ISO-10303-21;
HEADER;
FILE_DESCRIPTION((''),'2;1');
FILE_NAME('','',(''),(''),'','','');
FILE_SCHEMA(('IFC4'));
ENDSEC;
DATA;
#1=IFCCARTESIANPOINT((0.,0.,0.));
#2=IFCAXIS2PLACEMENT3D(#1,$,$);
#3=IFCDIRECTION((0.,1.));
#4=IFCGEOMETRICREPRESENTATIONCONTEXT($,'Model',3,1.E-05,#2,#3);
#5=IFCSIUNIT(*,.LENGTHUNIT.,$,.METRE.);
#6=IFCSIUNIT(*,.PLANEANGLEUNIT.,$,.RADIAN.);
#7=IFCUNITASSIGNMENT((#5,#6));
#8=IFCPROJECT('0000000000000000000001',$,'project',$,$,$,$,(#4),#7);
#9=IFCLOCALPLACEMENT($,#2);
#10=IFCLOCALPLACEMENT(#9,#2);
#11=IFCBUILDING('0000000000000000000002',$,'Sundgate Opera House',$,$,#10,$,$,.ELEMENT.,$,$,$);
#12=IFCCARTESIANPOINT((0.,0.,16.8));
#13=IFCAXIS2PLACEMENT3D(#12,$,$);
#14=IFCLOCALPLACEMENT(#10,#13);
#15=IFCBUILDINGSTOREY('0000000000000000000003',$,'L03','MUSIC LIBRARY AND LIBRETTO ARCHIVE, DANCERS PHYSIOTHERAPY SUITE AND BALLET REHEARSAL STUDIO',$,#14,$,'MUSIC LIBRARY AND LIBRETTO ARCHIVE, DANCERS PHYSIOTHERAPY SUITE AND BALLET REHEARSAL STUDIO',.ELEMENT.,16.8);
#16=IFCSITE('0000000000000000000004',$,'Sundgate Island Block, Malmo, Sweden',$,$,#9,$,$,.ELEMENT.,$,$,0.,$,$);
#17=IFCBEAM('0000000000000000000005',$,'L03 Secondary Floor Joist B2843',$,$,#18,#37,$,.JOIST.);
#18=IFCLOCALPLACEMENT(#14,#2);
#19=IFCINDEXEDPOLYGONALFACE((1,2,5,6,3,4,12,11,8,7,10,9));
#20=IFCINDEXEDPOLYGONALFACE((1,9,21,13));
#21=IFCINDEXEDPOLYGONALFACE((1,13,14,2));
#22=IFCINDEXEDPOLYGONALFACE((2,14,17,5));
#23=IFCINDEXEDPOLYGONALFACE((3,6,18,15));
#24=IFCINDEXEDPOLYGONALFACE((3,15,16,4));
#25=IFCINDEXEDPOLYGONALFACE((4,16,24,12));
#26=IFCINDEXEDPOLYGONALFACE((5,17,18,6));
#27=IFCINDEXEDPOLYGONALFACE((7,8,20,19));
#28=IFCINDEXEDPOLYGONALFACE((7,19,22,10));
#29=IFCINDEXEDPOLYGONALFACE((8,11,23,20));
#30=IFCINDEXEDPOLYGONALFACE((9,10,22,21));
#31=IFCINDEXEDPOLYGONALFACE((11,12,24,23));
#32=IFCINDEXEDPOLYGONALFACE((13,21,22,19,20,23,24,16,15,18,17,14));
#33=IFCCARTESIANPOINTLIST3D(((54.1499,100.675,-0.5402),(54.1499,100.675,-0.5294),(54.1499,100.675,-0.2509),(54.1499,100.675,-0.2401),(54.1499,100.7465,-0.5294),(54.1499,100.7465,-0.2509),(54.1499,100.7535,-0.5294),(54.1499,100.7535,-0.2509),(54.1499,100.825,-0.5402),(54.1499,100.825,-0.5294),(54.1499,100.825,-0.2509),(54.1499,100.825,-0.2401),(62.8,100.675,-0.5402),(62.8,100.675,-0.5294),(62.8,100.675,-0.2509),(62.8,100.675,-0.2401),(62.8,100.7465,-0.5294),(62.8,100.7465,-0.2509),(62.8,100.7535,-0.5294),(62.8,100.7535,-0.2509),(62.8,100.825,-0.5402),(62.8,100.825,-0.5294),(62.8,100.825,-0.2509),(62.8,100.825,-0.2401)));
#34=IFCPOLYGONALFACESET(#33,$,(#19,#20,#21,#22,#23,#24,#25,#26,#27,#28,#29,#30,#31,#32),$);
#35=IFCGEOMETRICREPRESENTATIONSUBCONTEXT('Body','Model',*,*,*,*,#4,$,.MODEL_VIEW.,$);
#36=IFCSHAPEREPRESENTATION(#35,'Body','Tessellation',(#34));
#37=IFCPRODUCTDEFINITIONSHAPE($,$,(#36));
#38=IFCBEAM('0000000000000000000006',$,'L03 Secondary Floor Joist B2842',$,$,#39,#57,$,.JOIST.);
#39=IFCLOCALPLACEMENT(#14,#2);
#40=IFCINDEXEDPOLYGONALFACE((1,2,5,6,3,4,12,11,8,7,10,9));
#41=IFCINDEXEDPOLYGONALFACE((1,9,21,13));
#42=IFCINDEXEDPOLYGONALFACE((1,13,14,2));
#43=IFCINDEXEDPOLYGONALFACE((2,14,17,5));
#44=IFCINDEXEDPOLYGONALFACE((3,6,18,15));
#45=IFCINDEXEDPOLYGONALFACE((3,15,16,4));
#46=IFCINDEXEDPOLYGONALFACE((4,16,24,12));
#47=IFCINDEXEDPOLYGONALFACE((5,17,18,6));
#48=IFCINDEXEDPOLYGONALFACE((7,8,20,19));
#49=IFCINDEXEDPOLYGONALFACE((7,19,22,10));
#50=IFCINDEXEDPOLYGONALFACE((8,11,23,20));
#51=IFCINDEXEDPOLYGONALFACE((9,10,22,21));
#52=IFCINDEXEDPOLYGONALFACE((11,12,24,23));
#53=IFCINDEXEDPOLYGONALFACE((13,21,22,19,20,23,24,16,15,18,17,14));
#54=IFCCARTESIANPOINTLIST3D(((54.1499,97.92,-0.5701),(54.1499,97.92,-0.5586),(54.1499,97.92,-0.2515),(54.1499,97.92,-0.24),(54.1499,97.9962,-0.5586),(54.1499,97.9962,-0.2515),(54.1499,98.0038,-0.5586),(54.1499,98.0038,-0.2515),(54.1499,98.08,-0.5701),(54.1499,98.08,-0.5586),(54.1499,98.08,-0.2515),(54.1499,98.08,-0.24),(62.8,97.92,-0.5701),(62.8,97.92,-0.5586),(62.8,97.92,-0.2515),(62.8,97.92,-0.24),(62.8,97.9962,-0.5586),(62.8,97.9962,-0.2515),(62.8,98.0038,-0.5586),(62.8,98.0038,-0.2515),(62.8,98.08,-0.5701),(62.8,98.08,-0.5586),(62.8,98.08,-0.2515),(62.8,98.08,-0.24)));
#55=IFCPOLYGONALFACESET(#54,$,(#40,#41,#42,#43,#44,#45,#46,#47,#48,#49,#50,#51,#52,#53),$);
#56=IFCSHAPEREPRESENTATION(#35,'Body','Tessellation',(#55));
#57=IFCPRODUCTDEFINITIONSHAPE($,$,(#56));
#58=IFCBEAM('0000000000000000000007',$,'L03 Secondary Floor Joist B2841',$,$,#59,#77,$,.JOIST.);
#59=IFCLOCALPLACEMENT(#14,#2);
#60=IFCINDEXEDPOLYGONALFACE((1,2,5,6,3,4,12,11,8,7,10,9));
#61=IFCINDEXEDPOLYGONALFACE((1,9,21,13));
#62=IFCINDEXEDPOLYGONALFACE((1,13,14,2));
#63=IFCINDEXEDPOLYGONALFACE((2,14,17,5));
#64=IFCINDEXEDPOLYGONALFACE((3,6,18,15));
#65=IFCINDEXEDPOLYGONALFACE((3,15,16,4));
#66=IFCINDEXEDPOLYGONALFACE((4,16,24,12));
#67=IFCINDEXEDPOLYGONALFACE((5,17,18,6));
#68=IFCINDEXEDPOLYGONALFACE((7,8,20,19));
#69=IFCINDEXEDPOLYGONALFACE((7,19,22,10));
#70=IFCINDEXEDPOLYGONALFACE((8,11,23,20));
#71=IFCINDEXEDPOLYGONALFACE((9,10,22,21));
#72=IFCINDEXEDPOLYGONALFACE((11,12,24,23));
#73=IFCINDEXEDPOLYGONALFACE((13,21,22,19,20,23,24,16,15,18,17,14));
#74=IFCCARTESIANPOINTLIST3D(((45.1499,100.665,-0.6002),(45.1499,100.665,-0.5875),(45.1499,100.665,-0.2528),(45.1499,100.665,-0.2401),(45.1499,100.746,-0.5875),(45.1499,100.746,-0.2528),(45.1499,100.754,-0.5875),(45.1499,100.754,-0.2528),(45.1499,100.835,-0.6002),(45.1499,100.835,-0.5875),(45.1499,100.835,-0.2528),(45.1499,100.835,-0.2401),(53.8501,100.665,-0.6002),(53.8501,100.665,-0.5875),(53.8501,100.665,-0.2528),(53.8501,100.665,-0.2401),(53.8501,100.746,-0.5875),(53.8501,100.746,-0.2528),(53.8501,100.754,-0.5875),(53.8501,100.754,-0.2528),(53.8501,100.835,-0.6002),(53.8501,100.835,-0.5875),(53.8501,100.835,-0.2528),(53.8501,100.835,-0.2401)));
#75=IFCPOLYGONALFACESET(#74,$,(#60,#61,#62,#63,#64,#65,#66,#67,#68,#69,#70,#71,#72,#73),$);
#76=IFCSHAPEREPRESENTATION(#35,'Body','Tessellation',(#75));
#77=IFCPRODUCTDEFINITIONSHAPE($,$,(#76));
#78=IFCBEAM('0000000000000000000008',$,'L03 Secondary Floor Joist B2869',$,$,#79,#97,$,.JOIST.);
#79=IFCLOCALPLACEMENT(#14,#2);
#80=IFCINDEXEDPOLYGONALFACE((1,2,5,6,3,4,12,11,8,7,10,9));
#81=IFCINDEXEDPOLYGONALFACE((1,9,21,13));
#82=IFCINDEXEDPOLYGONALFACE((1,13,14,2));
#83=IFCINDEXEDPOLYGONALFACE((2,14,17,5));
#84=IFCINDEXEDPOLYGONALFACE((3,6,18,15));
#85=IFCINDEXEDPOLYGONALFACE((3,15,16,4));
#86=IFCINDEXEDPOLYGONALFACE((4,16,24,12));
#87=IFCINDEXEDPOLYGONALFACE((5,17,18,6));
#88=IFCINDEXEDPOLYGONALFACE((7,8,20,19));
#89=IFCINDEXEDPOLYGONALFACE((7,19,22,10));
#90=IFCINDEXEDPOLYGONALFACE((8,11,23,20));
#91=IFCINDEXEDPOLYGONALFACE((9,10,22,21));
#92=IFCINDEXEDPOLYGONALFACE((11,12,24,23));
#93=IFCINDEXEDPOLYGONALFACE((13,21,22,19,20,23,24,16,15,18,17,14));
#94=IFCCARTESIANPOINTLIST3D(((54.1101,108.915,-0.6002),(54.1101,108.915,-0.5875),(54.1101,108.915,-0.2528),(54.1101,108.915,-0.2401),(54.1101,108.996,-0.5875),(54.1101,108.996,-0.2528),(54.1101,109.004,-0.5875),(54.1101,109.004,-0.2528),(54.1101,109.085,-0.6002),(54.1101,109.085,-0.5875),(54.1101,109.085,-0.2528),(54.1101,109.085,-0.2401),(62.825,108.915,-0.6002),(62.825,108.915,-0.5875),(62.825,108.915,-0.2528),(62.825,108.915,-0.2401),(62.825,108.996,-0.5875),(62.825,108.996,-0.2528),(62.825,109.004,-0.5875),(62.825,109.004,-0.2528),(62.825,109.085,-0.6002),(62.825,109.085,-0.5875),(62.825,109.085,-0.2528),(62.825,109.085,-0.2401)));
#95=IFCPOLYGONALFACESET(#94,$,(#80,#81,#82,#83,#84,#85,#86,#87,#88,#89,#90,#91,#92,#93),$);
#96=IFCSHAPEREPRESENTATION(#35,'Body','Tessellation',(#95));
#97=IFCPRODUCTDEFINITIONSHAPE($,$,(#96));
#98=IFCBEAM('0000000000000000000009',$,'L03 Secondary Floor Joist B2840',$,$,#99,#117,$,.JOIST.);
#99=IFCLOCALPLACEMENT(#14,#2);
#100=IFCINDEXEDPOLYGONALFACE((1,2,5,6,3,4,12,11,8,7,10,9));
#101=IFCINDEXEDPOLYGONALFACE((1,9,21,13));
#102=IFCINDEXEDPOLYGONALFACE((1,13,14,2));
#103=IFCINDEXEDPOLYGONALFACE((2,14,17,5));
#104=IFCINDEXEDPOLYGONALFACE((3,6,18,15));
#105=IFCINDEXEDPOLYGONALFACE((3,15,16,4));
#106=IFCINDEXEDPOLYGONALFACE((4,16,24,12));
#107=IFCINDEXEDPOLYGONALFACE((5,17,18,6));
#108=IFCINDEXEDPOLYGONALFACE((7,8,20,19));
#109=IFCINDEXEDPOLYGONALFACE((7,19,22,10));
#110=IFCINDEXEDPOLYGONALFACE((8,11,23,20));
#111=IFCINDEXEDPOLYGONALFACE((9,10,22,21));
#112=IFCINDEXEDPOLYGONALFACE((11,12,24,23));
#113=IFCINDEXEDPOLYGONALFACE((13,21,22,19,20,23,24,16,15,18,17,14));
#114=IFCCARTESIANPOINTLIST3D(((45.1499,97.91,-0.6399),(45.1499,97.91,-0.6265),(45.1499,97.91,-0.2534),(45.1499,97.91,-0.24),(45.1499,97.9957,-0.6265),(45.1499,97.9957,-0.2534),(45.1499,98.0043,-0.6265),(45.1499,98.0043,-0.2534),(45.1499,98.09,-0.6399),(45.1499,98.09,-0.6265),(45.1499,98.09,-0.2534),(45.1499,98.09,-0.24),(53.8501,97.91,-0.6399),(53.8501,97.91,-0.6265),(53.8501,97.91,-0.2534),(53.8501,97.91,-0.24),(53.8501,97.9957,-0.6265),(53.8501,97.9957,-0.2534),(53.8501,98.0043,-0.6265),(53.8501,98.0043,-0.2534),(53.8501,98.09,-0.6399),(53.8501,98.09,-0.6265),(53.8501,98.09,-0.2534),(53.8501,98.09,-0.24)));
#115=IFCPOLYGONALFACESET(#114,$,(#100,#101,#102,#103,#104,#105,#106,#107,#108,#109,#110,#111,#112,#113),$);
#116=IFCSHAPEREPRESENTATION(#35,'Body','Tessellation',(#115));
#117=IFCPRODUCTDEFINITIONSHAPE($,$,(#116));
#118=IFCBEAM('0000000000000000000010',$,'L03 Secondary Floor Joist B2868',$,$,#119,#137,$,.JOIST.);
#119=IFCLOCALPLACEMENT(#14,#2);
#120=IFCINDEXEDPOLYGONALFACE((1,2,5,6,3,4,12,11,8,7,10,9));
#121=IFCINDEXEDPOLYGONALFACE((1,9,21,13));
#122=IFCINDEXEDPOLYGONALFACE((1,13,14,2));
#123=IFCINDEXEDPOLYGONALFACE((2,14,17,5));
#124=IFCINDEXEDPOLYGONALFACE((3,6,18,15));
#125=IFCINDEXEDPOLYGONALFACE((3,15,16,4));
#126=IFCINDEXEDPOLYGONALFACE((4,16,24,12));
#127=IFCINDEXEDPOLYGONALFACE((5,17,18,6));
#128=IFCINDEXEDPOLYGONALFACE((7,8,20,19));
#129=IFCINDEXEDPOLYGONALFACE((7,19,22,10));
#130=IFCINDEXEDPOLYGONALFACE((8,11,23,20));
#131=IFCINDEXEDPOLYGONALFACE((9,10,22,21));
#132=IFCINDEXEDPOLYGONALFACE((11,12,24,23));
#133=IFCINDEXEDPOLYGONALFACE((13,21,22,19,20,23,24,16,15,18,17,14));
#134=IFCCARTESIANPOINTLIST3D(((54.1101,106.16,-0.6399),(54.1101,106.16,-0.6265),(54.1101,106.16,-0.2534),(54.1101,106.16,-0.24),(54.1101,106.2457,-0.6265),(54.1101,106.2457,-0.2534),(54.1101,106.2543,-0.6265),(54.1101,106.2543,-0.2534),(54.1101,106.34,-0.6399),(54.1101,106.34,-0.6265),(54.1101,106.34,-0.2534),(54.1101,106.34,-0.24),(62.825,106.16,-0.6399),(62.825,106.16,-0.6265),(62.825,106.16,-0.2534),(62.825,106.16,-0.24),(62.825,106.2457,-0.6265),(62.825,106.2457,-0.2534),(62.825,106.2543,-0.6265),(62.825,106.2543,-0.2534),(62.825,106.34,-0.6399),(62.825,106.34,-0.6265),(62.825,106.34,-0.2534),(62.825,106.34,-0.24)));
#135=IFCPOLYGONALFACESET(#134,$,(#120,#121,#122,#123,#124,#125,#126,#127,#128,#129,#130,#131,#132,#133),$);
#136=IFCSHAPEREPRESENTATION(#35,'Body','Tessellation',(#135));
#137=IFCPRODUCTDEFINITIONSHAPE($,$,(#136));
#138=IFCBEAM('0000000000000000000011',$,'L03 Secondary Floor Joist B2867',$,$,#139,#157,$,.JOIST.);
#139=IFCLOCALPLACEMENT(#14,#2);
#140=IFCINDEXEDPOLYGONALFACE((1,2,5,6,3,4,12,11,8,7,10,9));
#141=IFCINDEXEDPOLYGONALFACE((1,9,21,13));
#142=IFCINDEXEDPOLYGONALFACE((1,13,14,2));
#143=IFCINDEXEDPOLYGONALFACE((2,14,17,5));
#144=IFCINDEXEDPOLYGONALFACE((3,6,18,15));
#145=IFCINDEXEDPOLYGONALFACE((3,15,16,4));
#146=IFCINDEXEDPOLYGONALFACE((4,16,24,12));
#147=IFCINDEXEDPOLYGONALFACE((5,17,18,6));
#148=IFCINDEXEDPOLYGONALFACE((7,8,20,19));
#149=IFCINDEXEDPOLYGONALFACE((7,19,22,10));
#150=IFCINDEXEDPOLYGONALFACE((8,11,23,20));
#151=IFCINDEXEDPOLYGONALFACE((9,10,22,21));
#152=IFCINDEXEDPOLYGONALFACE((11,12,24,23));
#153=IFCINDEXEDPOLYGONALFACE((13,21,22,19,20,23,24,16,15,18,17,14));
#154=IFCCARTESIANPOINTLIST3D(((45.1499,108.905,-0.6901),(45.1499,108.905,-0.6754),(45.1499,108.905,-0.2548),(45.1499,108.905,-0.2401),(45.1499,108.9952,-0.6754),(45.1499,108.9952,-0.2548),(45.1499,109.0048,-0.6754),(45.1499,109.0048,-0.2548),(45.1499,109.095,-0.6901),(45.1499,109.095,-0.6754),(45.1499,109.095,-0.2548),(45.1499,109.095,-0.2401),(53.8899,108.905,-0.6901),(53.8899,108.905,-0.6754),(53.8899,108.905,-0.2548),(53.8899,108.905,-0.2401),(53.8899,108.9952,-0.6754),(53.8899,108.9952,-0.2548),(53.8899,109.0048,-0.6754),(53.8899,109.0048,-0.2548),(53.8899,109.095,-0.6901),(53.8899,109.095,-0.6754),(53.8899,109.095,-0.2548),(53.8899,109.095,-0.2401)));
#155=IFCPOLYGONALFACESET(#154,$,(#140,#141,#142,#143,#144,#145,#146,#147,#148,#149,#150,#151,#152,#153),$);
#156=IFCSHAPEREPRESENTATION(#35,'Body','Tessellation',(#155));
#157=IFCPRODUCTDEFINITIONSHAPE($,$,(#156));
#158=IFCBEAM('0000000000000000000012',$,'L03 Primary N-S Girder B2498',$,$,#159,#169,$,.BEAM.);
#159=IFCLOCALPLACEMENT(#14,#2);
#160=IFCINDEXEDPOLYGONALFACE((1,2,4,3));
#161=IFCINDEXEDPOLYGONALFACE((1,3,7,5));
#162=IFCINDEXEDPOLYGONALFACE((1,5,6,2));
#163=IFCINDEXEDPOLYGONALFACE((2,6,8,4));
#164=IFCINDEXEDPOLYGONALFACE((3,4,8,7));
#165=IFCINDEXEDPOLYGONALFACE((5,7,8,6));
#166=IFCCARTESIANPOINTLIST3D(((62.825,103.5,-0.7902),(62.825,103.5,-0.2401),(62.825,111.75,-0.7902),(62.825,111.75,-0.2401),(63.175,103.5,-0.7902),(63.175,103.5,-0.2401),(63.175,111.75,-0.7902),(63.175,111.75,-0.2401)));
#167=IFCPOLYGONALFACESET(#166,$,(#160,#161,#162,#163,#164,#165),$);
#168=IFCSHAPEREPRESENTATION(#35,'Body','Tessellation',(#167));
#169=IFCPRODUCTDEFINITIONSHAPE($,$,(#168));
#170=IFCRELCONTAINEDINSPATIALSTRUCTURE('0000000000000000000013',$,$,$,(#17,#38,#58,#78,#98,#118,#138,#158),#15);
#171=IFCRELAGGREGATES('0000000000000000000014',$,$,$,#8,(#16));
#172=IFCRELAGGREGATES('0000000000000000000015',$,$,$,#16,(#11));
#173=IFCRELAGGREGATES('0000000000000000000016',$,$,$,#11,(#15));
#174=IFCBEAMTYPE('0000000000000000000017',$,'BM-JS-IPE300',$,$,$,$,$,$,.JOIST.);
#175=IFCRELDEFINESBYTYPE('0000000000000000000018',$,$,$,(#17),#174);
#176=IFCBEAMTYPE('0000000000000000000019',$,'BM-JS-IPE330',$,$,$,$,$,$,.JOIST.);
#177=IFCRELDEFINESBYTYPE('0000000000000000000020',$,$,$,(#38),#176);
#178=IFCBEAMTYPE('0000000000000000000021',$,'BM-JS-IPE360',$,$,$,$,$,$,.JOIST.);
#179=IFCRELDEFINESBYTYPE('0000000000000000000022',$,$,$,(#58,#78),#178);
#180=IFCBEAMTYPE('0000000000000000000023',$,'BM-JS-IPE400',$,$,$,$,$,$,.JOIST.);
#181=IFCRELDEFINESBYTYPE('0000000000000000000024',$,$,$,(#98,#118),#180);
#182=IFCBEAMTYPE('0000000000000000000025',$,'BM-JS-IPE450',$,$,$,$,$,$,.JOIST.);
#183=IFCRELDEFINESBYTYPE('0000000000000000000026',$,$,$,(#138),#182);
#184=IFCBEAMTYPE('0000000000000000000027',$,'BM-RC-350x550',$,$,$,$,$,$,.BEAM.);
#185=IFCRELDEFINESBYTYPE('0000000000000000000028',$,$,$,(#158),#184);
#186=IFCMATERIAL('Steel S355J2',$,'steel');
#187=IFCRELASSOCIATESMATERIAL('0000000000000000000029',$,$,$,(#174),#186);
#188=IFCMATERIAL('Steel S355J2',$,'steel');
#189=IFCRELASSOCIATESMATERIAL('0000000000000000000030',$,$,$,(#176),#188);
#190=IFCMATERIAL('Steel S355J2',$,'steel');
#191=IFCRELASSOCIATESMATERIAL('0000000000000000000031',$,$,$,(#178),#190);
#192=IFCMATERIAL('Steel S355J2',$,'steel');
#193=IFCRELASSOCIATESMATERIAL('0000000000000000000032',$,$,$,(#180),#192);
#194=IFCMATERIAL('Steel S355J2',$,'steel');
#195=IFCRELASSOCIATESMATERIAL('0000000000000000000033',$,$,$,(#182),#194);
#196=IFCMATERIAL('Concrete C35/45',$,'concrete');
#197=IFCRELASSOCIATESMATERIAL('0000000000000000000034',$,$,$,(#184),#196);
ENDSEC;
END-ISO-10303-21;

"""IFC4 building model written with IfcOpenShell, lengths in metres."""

from ifc_helpers import new_model, si_unit, direction, frame, origin, origin_2d, place, context, subcontext, project, spatial, rectangle, i_section, extrude, material, material_profile, profile_set, type_object, element, save


model = new_model("IFC4")

# Units and contexts
model_context = context("Model", 3, precision=1e-05, world=origin(), true_north=direction((0.0, 1.0)))
body_context = subcontext(model_context, "Body", "Model", "MODEL_VIEW")
ifc_project = project(units=[si_unit("LENGTHUNIT", "METRE"), si_unit("PLANEANGLEUNIT", "RADIAN")], contexts=[model_context])

# Site, building, storey
site_placement = place(None, origin())
site = spatial("IfcSite", under=ifc_project, at=site_placement, Name="Sundgate Island Block, Malmo, Sweden", CompositionType="ELEMENT", RefElevation=0.0)
building_placement = place(site_placement, origin())
building = spatial("IfcBuilding", under=site, at=building_placement, Name="Sundgate Opera House", CompositionType="ELEMENT")
storey_placement = place(building_placement, frame((0.0, 0.0, 16.8)))
storey = spatial("IfcBuildingStorey", under=building, at=storey_placement, Name="L03", Description="MUSIC LIBRARY AND LIBRETTO ARCHIVE, DANCERS PHYSIOTHERAPY SUITE AND BALLET REHEARSAL STUDIO", LongName="MUSIC LIBRARY AND LIBRETTO ARCHIVE, DANCERS PHYSIOTHERAPY SUITE AND BALLET REHEARSAL STUDIO", CompositionType="ELEMENT", Elevation=16.8)

# Beams
ifc_material_1 = material(Name="Steel S355J2", Category="steel")
ifc_material_profile_1 = material_profile(ifc_material_1, i_section(OverallWidth=0.1499, OverallDepth=0.3, WebThickness=0.0071, FlangeThickness=0.0107, at=origin_2d()), Name="IPE 300")
ifc_profile_set_1 = profile_set([ifc_material_profile_1], Name="Steel S355J2")
beam_type_1 = type_object("IfcBeamType", Name="BM-JS-IPE300", PredefinedType="JOIST", material=ifc_profile_set_1)
beam_1_placement = place(storey_placement, frame((54.1499, 100.75, -0.3901), z_axis=(1.0, 0.0, 0.0), x_axis=(0.0, 1.0, 0.0)))
element("IfcBeam", 1, at=beam_1_placement, inside=storey, type_object=beam_type_1, Name="L03 Secondary Floor Joist B2843", PredefinedType="JOIST", context=body_context, shape_type="SweptSolid", body=[
    extrude(i_section(OverallWidth=0.1499, OverallDepth=0.3, WebThickness=0.0071, FlangeThickness=0.0107, at=origin_2d()), origin(), (0.0, 0.0, 1.0), 8.6501),
])
ifc_material_2 = material(Name="Steel S355J2", Category="steel")
ifc_material_profile_2 = material_profile(ifc_material_2, i_section(OverallWidth=0.1599, OverallDepth=0.3301, WebThickness=0.0076, FlangeThickness=0.0115, at=origin_2d()), Name="IPE 330")
ifc_profile_set_2 = profile_set([ifc_material_profile_2], Name="Steel S355J2")
beam_type_2 = type_object("IfcBeamType", Name="BM-JS-IPE330", PredefinedType="JOIST", material=ifc_profile_set_2)
beam_2_placement = place(storey_placement, frame((54.1499, 98.0, -0.405), z_axis=(1.0, 0.0, 0.0), x_axis=(0.0, 1.0, 0.0)))
element("IfcBeam", 2, at=beam_2_placement, inside=storey, type_object=beam_type_2, Name="L03 Secondary Floor Joist B2842", PredefinedType="JOIST", context=body_context, shape_type="SweptSolid", body=[
    extrude(i_section(OverallWidth=0.1599, OverallDepth=0.3301, WebThickness=0.0076, FlangeThickness=0.0115, at=origin_2d()), origin(), (0.0, 0.0, 1.0), 8.6501),
])
ifc_material_3 = material(Name="Steel S355J2", Category="steel")
ifc_material_profile_3 = material_profile(ifc_material_3, i_section(OverallWidth=0.1699, OverallDepth=0.3601, WebThickness=0.0081, FlangeThickness=0.0127, at=origin_2d()), Name="IPE 360")
ifc_profile_set_3 = profile_set([ifc_material_profile_3], Name="Steel S355J2")
beam_type_3 = type_object("IfcBeamType", Name="BM-JS-IPE360", PredefinedType="JOIST", material=ifc_profile_set_3)
beam_3_placement = place(storey_placement, frame((45.1499, 100.75, -0.4202), z_axis=(1.0, 0.0, 0.0), x_axis=(0.0, 1.0, 0.0)))
element("IfcBeam", 3, at=beam_3_placement, inside=storey, type_object=beam_type_3, Name="L03 Secondary Floor Joist B2841", PredefinedType="JOIST", context=body_context, shape_type="SweptSolid", body=[
    extrude(i_section(OverallWidth=0.1699, OverallDepth=0.3601, WebThickness=0.0081, FlangeThickness=0.0127, at=origin_2d()), origin(), (0.0, 0.0, 1.0), 8.7002),
])
beam_4_placement = place(storey_placement, frame((54.1101, 109.0, -0.4202), z_axis=(1.0, 0.0, 0.0), x_axis=(0.0, 1.0, 0.0)))
element("IfcBeam", 4, at=beam_4_placement, inside=storey, type_object=beam_type_3, Name="L03 Secondary Floor Joist B2869", PredefinedType="JOIST", context=body_context, shape_type="SweptSolid", body=[
    extrude(i_section(OverallWidth=0.1699, OverallDepth=0.3601, WebThickness=0.0081, FlangeThickness=0.0127, at=origin_2d()), origin(), (0.0, 0.0, 1.0), 8.7148),
])
ifc_material_4 = material(Name="Steel S355J2", Category="steel")
ifc_material_profile_4 = material_profile(ifc_material_4, i_section(OverallWidth=0.1799, OverallDepth=0.3999, WebThickness=0.0085, FlangeThickness=0.0134, at=origin_2d()), Name="IPE 400")
ifc_profile_set_4 = profile_set([ifc_material_profile_4], Name="Steel S355J2")
beam_type_4 = type_object("IfcBeamType", Name="BM-JS-IPE400", PredefinedType="JOIST", material=ifc_profile_set_4)
beam_5_placement = place(storey_placement, frame((45.1499, 98.0, -0.4399), z_axis=(1.0, 0.0, 0.0), x_axis=(0.0, 1.0, 0.0)))
element("IfcBeam", 5, at=beam_5_placement, inside=storey, type_object=beam_type_4, Name="L03 Secondary Floor Joist B2840", PredefinedType="JOIST", context=body_context, shape_type="SweptSolid", body=[
    extrude(i_section(OverallWidth=0.1799, OverallDepth=0.3999, WebThickness=0.0085, FlangeThickness=0.0134, at=origin_2d()), origin(), (0.0, 0.0, 1.0), 8.7002),
])
beam_6_placement = place(storey_placement, frame((54.1101, 106.25, -0.4399), z_axis=(1.0, 0.0, 0.0), x_axis=(0.0, 1.0, 0.0)))
element("IfcBeam", 6, at=beam_6_placement, inside=storey, type_object=beam_type_4, Name="L03 Secondary Floor Joist B2868", PredefinedType="JOIST", context=body_context, shape_type="SweptSolid", body=[
    extrude(i_section(OverallWidth=0.1799, OverallDepth=0.3999, WebThickness=0.0085, FlangeThickness=0.0134, at=origin_2d()), origin(), (0.0, 0.0, 1.0), 8.7148),
])
ifc_material_5 = material(Name="Steel S355J2", Category="steel")
ifc_material_profile_5 = material_profile(ifc_material_5, i_section(OverallWidth=0.1899, OverallDepth=0.45, WebThickness=0.0095, FlangeThickness=0.0146, at=origin_2d()), Name="IPE 450")
ifc_profile_set_5 = profile_set([ifc_material_profile_5], Name="Steel S355J2")
beam_type_5 = type_object("IfcBeamType", Name="BM-JS-IPE450", PredefinedType="JOIST", material=ifc_profile_set_5)
beam_7_placement = place(storey_placement, frame((45.1499, 109.0, -0.4651), z_axis=(1.0, 0.0, 0.0), x_axis=(0.0, 1.0, 0.0)))
element("IfcBeam", 7, at=beam_7_placement, inside=storey, type_object=beam_type_5, Name="L03 Secondary Floor Joist B2867", PredefinedType="JOIST", context=body_context, shape_type="SweptSolid", body=[
    extrude(i_section(OverallWidth=0.1899, OverallDepth=0.45, WebThickness=0.0095, FlangeThickness=0.0146, at=origin_2d()), origin(), (0.0, 0.0, 1.0), 8.74),
])
ifc_material_6 = material(Name="Concrete C35/45", Category="concrete")
ifc_material_profile_6 = material_profile(ifc_material_6, rectangle(XDim=0.3501, YDim=0.55, at=origin_2d()), Name="RC 350x550")
ifc_profile_set_6 = profile_set([ifc_material_profile_6], Name="Concrete C35/45")
beam_type_6 = type_object("IfcBeamType", Name="BM-RC-350x550", PredefinedType="BEAM", material=ifc_profile_set_6)
beam_8_placement = place(storey_placement, frame((63.0, 103.5, -0.5151), z_axis=(0.0, 1.0, 0.0), x_axis=(-1.0, 0.0, 0.0)))
element("IfcBeam", 8, at=beam_8_placement, inside=storey, type_object=beam_type_6, Name="L03 Primary N-S Girder B2498", PredefinedType="BEAM", context=body_context, shape_type="SweptSolid", body=[
    extrude(rectangle(XDim=0.3501, YDim=0.55, at=origin_2d()), origin(), (0.0, 0.0, 1.0), 8.25),
])

save(model, "model.ifc")
